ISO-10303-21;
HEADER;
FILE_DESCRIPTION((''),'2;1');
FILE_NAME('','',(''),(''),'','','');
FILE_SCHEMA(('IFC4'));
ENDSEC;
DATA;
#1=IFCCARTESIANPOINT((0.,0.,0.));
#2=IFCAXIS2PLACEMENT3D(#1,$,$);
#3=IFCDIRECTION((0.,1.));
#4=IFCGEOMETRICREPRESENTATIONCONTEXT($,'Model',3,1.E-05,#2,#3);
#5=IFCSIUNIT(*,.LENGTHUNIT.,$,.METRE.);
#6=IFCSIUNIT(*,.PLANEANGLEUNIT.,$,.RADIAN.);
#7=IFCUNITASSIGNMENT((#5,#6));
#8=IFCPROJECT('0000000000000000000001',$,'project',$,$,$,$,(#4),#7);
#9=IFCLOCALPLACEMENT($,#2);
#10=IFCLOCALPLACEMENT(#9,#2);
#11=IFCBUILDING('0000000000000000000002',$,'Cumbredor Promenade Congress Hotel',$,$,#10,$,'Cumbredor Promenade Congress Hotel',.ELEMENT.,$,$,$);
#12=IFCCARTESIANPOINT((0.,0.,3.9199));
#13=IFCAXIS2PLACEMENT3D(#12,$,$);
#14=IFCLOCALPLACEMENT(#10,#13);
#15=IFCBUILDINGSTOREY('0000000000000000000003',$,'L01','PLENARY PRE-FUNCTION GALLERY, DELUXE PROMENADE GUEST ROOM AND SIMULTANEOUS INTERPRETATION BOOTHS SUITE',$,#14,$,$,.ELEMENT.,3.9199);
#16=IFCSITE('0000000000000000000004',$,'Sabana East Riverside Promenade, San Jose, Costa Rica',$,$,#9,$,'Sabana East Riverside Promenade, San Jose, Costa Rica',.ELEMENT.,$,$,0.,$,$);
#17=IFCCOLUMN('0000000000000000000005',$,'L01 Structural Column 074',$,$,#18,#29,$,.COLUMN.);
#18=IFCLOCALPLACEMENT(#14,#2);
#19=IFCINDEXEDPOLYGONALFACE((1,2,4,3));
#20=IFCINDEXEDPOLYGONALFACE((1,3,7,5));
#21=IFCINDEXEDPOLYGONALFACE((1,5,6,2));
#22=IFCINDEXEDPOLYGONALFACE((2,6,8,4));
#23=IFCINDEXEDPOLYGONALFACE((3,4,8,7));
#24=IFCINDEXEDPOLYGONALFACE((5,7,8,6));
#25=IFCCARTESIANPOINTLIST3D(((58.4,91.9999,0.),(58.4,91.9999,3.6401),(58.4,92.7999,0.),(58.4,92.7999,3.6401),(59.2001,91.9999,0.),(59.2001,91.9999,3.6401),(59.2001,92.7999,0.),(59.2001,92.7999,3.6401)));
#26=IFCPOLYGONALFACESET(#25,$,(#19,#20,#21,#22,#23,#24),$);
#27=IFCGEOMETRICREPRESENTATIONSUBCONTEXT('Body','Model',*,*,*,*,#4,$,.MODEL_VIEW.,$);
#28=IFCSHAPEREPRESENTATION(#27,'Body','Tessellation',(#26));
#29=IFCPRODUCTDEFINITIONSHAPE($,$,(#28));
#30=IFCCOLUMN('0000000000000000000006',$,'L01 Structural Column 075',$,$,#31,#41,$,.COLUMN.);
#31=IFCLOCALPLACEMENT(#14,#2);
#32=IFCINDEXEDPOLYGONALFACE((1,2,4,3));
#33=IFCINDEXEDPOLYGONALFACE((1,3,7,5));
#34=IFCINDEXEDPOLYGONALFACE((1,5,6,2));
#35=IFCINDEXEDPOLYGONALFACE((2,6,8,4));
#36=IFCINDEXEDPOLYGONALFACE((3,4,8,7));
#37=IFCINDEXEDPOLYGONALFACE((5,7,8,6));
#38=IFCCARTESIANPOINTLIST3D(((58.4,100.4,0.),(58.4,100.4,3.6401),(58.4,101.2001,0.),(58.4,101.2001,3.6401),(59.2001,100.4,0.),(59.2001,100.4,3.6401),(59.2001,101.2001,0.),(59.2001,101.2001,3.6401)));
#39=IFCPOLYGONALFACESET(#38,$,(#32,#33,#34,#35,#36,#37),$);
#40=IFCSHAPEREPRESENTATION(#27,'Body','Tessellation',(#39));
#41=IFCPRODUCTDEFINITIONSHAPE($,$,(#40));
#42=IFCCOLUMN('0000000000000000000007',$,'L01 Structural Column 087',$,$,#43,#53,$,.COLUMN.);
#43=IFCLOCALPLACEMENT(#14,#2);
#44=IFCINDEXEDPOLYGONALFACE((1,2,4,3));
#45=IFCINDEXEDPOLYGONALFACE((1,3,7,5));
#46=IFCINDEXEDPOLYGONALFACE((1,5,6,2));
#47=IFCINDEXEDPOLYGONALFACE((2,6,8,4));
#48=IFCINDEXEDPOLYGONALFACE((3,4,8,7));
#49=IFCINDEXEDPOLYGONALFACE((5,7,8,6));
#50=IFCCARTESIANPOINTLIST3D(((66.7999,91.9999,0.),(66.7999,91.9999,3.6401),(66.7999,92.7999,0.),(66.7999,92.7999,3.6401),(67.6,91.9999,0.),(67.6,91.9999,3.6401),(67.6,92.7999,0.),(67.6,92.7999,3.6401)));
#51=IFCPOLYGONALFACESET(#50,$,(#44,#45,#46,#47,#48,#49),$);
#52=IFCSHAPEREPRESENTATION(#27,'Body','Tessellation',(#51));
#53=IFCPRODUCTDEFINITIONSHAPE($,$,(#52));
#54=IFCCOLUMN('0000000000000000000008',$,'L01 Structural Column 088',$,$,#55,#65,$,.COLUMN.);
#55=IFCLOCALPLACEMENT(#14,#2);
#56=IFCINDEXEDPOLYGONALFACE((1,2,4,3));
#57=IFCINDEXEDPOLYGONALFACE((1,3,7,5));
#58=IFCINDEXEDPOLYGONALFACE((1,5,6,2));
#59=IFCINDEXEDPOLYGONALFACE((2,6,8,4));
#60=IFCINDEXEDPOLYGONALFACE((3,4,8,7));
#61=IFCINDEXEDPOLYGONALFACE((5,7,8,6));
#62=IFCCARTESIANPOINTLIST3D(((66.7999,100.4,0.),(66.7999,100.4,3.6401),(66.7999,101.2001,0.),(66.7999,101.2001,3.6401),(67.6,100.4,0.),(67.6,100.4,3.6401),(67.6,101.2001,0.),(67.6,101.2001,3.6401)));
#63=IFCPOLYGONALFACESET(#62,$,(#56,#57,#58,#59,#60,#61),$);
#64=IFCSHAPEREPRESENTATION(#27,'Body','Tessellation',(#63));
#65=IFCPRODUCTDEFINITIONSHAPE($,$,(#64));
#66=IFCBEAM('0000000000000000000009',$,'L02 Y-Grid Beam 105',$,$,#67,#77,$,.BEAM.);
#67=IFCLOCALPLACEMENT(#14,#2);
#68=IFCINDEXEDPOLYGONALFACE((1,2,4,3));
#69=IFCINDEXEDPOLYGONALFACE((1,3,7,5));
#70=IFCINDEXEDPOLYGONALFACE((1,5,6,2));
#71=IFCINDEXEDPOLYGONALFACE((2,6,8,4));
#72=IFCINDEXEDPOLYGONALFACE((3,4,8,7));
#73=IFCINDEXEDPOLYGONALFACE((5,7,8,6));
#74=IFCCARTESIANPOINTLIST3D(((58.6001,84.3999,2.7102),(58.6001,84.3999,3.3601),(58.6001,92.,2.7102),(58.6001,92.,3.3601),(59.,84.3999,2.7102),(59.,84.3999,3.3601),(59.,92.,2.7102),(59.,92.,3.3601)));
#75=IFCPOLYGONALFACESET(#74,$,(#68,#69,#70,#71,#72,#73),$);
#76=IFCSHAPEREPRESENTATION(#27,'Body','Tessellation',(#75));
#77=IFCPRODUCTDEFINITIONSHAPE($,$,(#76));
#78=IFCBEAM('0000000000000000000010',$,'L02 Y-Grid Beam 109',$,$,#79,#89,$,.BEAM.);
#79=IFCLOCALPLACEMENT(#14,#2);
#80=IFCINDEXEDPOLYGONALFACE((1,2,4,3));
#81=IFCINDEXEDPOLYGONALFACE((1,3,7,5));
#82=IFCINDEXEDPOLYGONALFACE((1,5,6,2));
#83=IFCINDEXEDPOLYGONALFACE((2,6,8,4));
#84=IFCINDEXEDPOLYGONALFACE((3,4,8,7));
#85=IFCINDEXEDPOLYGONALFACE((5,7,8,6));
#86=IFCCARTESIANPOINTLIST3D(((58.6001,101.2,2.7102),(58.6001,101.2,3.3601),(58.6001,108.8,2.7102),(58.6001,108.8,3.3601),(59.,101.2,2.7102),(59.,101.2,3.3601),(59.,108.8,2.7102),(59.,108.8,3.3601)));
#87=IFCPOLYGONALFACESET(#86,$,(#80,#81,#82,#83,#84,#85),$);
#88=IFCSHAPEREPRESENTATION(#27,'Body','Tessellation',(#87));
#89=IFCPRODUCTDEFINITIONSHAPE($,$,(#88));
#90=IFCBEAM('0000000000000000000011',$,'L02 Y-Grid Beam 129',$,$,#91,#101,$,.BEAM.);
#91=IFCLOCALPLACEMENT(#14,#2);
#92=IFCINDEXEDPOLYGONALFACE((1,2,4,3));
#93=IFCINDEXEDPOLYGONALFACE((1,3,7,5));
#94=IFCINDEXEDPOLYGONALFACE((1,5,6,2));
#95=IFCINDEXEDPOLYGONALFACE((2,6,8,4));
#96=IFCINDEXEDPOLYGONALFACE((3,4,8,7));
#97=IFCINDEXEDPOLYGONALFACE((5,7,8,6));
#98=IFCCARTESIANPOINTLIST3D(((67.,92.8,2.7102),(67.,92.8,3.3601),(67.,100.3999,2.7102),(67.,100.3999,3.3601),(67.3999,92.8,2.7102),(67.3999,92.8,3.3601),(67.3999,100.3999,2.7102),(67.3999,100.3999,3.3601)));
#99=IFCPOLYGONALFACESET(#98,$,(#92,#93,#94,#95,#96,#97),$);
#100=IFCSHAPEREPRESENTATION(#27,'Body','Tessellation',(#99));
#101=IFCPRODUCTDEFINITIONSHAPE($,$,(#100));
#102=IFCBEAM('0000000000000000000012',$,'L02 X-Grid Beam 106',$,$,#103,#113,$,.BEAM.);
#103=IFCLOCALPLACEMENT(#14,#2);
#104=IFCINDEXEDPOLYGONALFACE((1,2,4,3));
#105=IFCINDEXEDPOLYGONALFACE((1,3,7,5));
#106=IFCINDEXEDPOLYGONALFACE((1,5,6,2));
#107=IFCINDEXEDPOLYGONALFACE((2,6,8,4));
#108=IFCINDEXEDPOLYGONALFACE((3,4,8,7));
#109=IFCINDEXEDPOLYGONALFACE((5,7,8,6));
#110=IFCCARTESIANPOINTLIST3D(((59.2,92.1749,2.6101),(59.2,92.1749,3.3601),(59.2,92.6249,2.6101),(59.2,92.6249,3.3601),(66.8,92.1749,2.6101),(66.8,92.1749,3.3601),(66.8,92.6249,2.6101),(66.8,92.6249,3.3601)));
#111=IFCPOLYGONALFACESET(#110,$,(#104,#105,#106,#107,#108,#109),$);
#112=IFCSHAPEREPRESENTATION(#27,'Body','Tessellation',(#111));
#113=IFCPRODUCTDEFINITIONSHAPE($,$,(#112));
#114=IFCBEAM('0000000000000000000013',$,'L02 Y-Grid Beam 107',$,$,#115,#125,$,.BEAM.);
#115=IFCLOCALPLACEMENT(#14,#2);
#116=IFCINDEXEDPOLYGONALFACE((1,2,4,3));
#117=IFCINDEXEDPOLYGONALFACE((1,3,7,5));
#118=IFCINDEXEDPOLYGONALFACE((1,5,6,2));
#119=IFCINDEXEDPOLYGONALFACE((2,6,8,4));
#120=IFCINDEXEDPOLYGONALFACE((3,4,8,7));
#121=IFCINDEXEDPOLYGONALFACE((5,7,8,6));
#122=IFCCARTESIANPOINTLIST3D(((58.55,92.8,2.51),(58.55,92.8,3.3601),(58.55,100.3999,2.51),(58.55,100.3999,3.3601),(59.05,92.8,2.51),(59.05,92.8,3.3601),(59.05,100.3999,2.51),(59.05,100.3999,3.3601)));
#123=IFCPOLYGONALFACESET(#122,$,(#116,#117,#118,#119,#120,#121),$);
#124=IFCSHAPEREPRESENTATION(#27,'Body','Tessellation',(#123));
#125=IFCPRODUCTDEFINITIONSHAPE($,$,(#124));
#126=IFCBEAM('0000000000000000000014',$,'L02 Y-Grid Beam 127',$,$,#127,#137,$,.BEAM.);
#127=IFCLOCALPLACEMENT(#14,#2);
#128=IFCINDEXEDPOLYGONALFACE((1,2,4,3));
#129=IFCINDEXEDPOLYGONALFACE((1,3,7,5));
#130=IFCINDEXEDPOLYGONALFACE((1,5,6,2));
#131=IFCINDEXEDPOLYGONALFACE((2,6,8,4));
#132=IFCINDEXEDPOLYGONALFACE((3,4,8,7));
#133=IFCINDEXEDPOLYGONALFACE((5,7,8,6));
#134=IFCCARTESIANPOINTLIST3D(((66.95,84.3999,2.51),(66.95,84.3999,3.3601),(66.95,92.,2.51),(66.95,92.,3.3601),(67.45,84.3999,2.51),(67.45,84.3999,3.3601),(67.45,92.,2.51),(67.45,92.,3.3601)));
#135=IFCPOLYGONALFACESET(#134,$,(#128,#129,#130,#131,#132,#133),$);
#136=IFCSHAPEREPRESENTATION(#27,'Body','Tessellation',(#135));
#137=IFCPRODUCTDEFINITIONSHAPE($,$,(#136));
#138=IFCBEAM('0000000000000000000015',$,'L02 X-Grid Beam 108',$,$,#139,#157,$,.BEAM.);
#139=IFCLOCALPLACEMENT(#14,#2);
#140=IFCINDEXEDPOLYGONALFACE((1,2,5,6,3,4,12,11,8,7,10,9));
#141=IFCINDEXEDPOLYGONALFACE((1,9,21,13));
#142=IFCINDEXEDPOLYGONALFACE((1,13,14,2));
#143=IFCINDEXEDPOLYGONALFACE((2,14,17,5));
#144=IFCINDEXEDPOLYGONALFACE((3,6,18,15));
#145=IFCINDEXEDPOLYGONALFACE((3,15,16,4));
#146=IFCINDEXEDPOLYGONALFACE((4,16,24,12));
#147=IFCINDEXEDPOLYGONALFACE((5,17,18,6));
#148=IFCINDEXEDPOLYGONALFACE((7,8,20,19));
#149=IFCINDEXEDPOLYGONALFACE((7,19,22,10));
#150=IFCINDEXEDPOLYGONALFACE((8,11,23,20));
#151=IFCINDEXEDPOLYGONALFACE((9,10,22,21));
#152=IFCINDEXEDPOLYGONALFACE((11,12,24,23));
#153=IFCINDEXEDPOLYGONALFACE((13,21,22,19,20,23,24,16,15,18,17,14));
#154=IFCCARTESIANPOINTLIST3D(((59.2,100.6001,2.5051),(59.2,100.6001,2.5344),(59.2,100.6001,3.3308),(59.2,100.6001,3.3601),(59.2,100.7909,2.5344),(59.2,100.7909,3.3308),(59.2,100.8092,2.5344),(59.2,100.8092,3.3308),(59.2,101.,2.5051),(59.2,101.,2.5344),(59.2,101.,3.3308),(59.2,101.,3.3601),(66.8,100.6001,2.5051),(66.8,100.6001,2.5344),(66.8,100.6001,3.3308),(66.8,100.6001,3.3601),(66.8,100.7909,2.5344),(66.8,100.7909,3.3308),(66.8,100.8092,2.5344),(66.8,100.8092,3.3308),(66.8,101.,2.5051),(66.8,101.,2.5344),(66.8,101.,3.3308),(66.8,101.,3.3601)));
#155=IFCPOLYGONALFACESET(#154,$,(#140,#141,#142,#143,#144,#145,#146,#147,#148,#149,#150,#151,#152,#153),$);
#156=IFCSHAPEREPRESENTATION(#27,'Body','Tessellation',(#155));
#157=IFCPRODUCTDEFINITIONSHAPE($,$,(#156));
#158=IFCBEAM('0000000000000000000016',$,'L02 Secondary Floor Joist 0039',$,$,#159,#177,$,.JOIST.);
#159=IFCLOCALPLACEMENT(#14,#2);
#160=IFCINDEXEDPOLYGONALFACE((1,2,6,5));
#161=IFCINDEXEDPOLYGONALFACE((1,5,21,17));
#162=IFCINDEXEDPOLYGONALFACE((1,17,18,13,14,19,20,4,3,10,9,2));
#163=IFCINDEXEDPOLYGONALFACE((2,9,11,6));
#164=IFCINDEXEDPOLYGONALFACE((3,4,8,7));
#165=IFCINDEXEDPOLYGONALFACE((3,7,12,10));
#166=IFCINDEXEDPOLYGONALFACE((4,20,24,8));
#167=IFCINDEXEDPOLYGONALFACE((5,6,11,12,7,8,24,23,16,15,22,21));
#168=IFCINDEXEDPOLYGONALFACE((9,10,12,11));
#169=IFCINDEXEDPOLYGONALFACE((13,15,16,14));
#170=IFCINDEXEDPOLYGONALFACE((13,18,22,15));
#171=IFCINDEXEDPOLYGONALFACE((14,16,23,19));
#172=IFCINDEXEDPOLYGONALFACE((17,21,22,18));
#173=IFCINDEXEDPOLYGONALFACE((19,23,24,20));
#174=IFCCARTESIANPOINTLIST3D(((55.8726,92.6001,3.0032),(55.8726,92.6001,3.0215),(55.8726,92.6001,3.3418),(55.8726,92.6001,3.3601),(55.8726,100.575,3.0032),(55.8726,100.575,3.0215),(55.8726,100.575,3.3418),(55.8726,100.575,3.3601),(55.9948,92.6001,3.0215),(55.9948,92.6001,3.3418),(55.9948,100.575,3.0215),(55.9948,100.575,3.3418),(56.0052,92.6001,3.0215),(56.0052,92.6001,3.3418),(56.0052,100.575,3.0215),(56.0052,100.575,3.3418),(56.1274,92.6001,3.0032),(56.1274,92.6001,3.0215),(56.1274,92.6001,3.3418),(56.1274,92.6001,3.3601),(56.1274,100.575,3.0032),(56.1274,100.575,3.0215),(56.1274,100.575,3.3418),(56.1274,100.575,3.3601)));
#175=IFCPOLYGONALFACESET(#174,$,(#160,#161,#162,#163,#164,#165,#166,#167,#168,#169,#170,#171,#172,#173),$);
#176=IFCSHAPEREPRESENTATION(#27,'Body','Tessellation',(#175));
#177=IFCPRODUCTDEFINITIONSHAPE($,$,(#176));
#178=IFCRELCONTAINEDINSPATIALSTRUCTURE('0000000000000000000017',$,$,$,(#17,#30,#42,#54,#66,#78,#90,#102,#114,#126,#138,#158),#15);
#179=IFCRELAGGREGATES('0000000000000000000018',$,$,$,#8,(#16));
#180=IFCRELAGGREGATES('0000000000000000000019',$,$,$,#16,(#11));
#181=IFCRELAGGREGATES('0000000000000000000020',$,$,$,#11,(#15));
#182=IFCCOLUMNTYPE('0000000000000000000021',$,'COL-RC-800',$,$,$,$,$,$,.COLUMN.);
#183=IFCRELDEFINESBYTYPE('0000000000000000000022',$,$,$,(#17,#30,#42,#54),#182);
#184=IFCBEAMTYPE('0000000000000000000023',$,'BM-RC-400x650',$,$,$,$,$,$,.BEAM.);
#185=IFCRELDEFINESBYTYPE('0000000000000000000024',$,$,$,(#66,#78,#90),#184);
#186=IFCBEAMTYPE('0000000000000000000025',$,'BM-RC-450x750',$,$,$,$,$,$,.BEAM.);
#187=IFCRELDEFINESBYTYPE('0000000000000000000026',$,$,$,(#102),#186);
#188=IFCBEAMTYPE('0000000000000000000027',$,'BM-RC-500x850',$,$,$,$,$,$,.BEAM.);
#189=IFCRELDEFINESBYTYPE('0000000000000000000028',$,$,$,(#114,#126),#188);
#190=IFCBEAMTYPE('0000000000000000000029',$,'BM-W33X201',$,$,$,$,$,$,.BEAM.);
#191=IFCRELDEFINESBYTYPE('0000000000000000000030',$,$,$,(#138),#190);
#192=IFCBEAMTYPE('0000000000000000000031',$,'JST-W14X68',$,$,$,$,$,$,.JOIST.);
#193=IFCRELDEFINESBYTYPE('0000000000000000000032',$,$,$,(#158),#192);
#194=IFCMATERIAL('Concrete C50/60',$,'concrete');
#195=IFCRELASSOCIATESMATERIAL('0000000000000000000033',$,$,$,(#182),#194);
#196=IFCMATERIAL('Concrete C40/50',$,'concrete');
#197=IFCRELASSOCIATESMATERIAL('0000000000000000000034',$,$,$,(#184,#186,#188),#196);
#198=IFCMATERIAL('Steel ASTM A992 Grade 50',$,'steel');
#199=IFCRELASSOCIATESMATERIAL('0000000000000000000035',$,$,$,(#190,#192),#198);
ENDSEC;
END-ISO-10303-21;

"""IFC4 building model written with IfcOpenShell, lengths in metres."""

from ifc_helpers import new_model, si_unit, direction, frame, origin, origin_2d, place, context, subcontext, project, spatial, rectangle, i_section, extrude, material, material_profile, profile_set, type_object, element, save


model = new_model("IFC4")

# Units and contexts
model_context = context("Model", 3, precision=1e-05, world=origin(), true_north=direction((0.0, 1.0)))
body_context = subcontext(model_context, "Body", "Model", "MODEL_VIEW")
ifc_project = project(units=[si_unit("LENGTHUNIT", "METRE"), si_unit("PLANEANGLEUNIT", "RADIAN")], contexts=[model_context])

# Site, building, storey
site_placement = place(None, origin())
site = spatial("IfcSite", under=ifc_project, at=site_placement, Name="Sabana East Riverside Promenade, San Jose, Costa Rica", LongName="Sabana East Riverside Promenade, San Jose, Costa Rica", CompositionType="ELEMENT", RefElevation=0.0)
building_placement = place(site_placement, origin())
building = spatial("IfcBuilding", under=site, at=building_placement, Name="Cumbredor Promenade Congress Hotel", LongName="Cumbredor Promenade Congress Hotel", CompositionType="ELEMENT")
storey_placement = place(building_placement, frame((0.0, 0.0, 3.9199)))
storey = spatial("IfcBuildingStorey", under=building, at=storey_placement, Name="L01", Description="PLENARY PRE-FUNCTION GALLERY, DELUXE PROMENADE GUEST ROOM AND SIMULTANEOUS INTERPRETATION BOOTHS SUITE", CompositionType="ELEMENT", Elevation=3.9199)

# Columns
ifc_material_1 = material(Name="Concrete C50/60", Category="concrete")
ifc_material_profile_1 = material_profile(ifc_material_1, rectangle(XDim=0.8, YDim=0.8, at=origin_2d()), Name="RC 800x800")
ifc_profile_set_1 = profile_set([ifc_material_profile_1], Name="Concrete C50/60")
column_type = type_object("IfcColumnType", Name="COL-RC-800", PredefinedType="COLUMN", material=ifc_profile_set_1)
for number, where, z_axis, x_axis, name in (
    (1, (58.8, 92.3999, 0.0), (0.0, 0.0, 1.0), (1.0, 0.0, 0.0), "L01 Structural Column 074"),
    (2, (58.8, 100.8, 0.0), (0.0, 0.0, 1.0), (1.0, 0.0, 0.0), "L01 Structural Column 075"),
    (3, (67.2, 92.3999, 0.0), (0.0, 0.0, 1.0), (1.0, 0.0, 0.0), "L01 Structural Column 087"),
    (4, (67.2, 100.8, 0.0), (0.0, 0.0, 1.0), (1.0, 0.0, 0.0), "L01 Structural Column 088"),
):
    element("IfcColumn", number, at=place(storey_placement, frame(where, z_axis=z_axis, x_axis=x_axis)), inside=storey, type_object=column_type, Name=name, PredefinedType="COLUMN", context=body_context, shape_type="SweptSolid", body=[
        extrude(rectangle(XDim=0.8, YDim=0.8, at=origin_2d()), origin(), (0.0, 0.0, 1.0), 3.6401),
    ])

# Beams
ifc_material_2 = material(Name="Concrete C40/50", Category="concrete")
ifc_material_profile_2 = material_profile(ifc_material_2, rectangle(XDim=0.3999, YDim=0.6499, at=origin_2d()), Name="RC BEAM 400x650")
ifc_profile_set_2 = profile_set([ifc_material_profile_2], Name="Concrete C40/50")
beam_type_1 = type_object("IfcBeamType", Name="BM-RC-400x650", PredefinedType="BEAM", material=ifc_profile_set_2)
for number, where, z_axis, x_axis, name in (
    (5, (58.8, 84.3999, 3.0352), (0.0, 1.0, 0.0), (-1.0, 0.0, 0.0), "L02 Y-Grid Beam 105"),
    (6, (58.8, 101.2, 3.0352), (0.0, 1.0, 0.0), (-1.0, 0.0, 0.0), "L02 Y-Grid Beam 109"),
):
    element("IfcBeam", number, at=place(storey_placement, frame(where, z_axis=z_axis, x_axis=x_axis)), inside=storey, type_object=beam_type_1, Name=name, PredefinedType="BEAM", context=body_context, shape_type="SweptSolid", body=[
        extrude(rectangle(XDim=0.3999, YDim=0.6499, at=origin_2d()), origin(), (0.0, 0.0, 1.0), 7.6001),
    ])
beam_1_placement = place(storey_placement, frame((67.2, 92.8, 3.0352), z_axis=(0.0, 1.0, 0.0), x_axis=(-1.0, 0.0, 0.0)))
element("IfcBeam", 7, at=beam_1_placement, inside=storey, type_object=beam_type_1, Name="L02 Y-Grid Beam 129", PredefinedType="BEAM", context=body_context, shape_type="SweptSolid", body=[
    extrude(rectangle(XDim=0.3999, YDim=0.6499, at=origin_2d()), origin(), (0.0, 0.0, 1.0), 7.5999),
])
ifc_material_profile_3 = material_profile(ifc_material_2, rectangle(XDim=0.45, YDim=0.75, at=origin_2d()), Name="RC BEAM 450x750")
ifc_profile_set_3 = profile_set([ifc_material_profile_3], Name="Concrete C40/50")
beam_type_2 = type_object("IfcBeamType", Name="BM-RC-450x750", PredefinedType="BEAM", material=ifc_profile_set_3)
beam_2_placement = place(storey_placement, frame((59.2, 92.3999, 2.9851), z_axis=(1.0, 0.0, 0.0), x_axis=(0.0, 1.0, 0.0)))
element("IfcBeam", 8, at=beam_2_placement, inside=storey, type_object=beam_type_2, Name="L02 X-Grid Beam 106", PredefinedType="BEAM", context=body_context, shape_type="SweptSolid", body=[
    extrude(rectangle(XDim=0.45, YDim=0.75, at=origin_2d()), origin(), (0.0, 0.0, 1.0), 7.6001),
])
ifc_material_profile_4 = material_profile(ifc_material_2, rectangle(XDim=0.5, YDim=0.8501, at=origin_2d()), Name="RC BEAM 500x850")
ifc_profile_set_4 = profile_set([ifc_material_profile_4], Name="Concrete C40/50")
beam_type_3 = type_object("IfcBeamType", Name="BM-RC-500x850", PredefinedType="BEAM", material=ifc_profile_set_4)
beam_3_placement = place(storey_placement, frame((58.8, 92.8, 2.9351), z_axis=(0.0, 1.0, 0.0), x_axis=(-1.0, 0.0, 0.0)))
element("IfcBeam", 9, at=beam_3_placement, inside=storey, type_object=beam_type_3, Name="L02 Y-Grid Beam 107", PredefinedType="BEAM", context=body_context, shape_type="SweptSolid", body=[
    extrude(rectangle(XDim=0.5, YDim=0.8501, at=origin_2d()), origin(), (0.0, 0.0, 1.0), 7.5999),
])
beam_4_placement = place(storey_placement, frame((67.2, 84.3999, 2.9351), z_axis=(0.0, 1.0, 0.0), x_axis=(-1.0, 0.0, 0.0)))
element("IfcBeam", 10, at=beam_4_placement, inside=storey, type_object=beam_type_3, Name="L02 Y-Grid Beam 127", PredefinedType="BEAM", context=body_context, shape_type="SweptSolid", body=[
    extrude(rectangle(XDim=0.5, YDim=0.8501, at=origin_2d()), origin(), (0.0, 0.0, 1.0), 7.6001),
])
ifc_material_3 = material(Name="Steel ASTM A992 Grade 50", Category="steel")
ifc_material_profile_5 = material_profile(ifc_material_3, i_section(OverallWidth=0.3999, OverallDepth=0.855, WebThickness=0.0183, FlangeThickness=0.0293, at=origin_2d()), Name="W33X201")
ifc_profile_set_5 = profile_set([ifc_material_profile_5], Name="Steel ASTM A992 Grade 50")
beam_type_4 = type_object("IfcBeamType", Name="BM-W33X201", PredefinedType="BEAM", material=ifc_profile_set_5)
beam_5_placement = place(storey_placement, frame((59.2, 100.8, 2.9326), z_axis=(1.0, 0.0, 0.0), x_axis=(0.0, 1.0, 0.0)))
element("IfcBeam", 11, at=beam_5_placement, inside=storey, type_object=beam_type_4, Name="L02 X-Grid Beam 108", PredefinedType="BEAM", context=body_context, shape_type="SweptSolid", body=[
    extrude(i_section(OverallWidth=0.3999, OverallDepth=0.855, WebThickness=0.0183, FlangeThickness=0.0293, at=origin_2d()), origin(), (0.0, 0.0, 1.0), 7.6001),
])
ifc_material_profile_6 = material_profile(ifc_material_3, i_section(OverallWidth=0.2549, OverallDepth=0.3569, WebThickness=0.0105, FlangeThickness=0.0183, at=origin_2d()), Name="W14X68")
ifc_profile_set_6 = profile_set([ifc_material_profile_6], Name="Steel ASTM A992 Grade 50")
beam_type_5 = type_object("IfcBeamType", Name="JST-W14X68", PredefinedType="JOIST", material=ifc_profile_set_6)
beam_6_placement = place(storey_placement, frame((56.0, 92.6001, 3.1816), z_axis=(0.0, 1.0, 0.0), x_axis=(-1.0, 0.0, 0.0)))
element("IfcBeam", 12, at=beam_6_placement, inside=storey, type_object=beam_type_5, Name="L02 Secondary Floor Joist 0039", PredefinedType="JOIST", context=body_context, shape_type="SweptSolid", body=[
    extrude(i_section(OverallWidth=0.2549, OverallDepth=0.3569, WebThickness=0.0105, FlangeThickness=0.0183, at=origin_2d()), origin(), (0.0, 0.0, 1.0), 7.9749),
])

save(model, "model.ifc")
